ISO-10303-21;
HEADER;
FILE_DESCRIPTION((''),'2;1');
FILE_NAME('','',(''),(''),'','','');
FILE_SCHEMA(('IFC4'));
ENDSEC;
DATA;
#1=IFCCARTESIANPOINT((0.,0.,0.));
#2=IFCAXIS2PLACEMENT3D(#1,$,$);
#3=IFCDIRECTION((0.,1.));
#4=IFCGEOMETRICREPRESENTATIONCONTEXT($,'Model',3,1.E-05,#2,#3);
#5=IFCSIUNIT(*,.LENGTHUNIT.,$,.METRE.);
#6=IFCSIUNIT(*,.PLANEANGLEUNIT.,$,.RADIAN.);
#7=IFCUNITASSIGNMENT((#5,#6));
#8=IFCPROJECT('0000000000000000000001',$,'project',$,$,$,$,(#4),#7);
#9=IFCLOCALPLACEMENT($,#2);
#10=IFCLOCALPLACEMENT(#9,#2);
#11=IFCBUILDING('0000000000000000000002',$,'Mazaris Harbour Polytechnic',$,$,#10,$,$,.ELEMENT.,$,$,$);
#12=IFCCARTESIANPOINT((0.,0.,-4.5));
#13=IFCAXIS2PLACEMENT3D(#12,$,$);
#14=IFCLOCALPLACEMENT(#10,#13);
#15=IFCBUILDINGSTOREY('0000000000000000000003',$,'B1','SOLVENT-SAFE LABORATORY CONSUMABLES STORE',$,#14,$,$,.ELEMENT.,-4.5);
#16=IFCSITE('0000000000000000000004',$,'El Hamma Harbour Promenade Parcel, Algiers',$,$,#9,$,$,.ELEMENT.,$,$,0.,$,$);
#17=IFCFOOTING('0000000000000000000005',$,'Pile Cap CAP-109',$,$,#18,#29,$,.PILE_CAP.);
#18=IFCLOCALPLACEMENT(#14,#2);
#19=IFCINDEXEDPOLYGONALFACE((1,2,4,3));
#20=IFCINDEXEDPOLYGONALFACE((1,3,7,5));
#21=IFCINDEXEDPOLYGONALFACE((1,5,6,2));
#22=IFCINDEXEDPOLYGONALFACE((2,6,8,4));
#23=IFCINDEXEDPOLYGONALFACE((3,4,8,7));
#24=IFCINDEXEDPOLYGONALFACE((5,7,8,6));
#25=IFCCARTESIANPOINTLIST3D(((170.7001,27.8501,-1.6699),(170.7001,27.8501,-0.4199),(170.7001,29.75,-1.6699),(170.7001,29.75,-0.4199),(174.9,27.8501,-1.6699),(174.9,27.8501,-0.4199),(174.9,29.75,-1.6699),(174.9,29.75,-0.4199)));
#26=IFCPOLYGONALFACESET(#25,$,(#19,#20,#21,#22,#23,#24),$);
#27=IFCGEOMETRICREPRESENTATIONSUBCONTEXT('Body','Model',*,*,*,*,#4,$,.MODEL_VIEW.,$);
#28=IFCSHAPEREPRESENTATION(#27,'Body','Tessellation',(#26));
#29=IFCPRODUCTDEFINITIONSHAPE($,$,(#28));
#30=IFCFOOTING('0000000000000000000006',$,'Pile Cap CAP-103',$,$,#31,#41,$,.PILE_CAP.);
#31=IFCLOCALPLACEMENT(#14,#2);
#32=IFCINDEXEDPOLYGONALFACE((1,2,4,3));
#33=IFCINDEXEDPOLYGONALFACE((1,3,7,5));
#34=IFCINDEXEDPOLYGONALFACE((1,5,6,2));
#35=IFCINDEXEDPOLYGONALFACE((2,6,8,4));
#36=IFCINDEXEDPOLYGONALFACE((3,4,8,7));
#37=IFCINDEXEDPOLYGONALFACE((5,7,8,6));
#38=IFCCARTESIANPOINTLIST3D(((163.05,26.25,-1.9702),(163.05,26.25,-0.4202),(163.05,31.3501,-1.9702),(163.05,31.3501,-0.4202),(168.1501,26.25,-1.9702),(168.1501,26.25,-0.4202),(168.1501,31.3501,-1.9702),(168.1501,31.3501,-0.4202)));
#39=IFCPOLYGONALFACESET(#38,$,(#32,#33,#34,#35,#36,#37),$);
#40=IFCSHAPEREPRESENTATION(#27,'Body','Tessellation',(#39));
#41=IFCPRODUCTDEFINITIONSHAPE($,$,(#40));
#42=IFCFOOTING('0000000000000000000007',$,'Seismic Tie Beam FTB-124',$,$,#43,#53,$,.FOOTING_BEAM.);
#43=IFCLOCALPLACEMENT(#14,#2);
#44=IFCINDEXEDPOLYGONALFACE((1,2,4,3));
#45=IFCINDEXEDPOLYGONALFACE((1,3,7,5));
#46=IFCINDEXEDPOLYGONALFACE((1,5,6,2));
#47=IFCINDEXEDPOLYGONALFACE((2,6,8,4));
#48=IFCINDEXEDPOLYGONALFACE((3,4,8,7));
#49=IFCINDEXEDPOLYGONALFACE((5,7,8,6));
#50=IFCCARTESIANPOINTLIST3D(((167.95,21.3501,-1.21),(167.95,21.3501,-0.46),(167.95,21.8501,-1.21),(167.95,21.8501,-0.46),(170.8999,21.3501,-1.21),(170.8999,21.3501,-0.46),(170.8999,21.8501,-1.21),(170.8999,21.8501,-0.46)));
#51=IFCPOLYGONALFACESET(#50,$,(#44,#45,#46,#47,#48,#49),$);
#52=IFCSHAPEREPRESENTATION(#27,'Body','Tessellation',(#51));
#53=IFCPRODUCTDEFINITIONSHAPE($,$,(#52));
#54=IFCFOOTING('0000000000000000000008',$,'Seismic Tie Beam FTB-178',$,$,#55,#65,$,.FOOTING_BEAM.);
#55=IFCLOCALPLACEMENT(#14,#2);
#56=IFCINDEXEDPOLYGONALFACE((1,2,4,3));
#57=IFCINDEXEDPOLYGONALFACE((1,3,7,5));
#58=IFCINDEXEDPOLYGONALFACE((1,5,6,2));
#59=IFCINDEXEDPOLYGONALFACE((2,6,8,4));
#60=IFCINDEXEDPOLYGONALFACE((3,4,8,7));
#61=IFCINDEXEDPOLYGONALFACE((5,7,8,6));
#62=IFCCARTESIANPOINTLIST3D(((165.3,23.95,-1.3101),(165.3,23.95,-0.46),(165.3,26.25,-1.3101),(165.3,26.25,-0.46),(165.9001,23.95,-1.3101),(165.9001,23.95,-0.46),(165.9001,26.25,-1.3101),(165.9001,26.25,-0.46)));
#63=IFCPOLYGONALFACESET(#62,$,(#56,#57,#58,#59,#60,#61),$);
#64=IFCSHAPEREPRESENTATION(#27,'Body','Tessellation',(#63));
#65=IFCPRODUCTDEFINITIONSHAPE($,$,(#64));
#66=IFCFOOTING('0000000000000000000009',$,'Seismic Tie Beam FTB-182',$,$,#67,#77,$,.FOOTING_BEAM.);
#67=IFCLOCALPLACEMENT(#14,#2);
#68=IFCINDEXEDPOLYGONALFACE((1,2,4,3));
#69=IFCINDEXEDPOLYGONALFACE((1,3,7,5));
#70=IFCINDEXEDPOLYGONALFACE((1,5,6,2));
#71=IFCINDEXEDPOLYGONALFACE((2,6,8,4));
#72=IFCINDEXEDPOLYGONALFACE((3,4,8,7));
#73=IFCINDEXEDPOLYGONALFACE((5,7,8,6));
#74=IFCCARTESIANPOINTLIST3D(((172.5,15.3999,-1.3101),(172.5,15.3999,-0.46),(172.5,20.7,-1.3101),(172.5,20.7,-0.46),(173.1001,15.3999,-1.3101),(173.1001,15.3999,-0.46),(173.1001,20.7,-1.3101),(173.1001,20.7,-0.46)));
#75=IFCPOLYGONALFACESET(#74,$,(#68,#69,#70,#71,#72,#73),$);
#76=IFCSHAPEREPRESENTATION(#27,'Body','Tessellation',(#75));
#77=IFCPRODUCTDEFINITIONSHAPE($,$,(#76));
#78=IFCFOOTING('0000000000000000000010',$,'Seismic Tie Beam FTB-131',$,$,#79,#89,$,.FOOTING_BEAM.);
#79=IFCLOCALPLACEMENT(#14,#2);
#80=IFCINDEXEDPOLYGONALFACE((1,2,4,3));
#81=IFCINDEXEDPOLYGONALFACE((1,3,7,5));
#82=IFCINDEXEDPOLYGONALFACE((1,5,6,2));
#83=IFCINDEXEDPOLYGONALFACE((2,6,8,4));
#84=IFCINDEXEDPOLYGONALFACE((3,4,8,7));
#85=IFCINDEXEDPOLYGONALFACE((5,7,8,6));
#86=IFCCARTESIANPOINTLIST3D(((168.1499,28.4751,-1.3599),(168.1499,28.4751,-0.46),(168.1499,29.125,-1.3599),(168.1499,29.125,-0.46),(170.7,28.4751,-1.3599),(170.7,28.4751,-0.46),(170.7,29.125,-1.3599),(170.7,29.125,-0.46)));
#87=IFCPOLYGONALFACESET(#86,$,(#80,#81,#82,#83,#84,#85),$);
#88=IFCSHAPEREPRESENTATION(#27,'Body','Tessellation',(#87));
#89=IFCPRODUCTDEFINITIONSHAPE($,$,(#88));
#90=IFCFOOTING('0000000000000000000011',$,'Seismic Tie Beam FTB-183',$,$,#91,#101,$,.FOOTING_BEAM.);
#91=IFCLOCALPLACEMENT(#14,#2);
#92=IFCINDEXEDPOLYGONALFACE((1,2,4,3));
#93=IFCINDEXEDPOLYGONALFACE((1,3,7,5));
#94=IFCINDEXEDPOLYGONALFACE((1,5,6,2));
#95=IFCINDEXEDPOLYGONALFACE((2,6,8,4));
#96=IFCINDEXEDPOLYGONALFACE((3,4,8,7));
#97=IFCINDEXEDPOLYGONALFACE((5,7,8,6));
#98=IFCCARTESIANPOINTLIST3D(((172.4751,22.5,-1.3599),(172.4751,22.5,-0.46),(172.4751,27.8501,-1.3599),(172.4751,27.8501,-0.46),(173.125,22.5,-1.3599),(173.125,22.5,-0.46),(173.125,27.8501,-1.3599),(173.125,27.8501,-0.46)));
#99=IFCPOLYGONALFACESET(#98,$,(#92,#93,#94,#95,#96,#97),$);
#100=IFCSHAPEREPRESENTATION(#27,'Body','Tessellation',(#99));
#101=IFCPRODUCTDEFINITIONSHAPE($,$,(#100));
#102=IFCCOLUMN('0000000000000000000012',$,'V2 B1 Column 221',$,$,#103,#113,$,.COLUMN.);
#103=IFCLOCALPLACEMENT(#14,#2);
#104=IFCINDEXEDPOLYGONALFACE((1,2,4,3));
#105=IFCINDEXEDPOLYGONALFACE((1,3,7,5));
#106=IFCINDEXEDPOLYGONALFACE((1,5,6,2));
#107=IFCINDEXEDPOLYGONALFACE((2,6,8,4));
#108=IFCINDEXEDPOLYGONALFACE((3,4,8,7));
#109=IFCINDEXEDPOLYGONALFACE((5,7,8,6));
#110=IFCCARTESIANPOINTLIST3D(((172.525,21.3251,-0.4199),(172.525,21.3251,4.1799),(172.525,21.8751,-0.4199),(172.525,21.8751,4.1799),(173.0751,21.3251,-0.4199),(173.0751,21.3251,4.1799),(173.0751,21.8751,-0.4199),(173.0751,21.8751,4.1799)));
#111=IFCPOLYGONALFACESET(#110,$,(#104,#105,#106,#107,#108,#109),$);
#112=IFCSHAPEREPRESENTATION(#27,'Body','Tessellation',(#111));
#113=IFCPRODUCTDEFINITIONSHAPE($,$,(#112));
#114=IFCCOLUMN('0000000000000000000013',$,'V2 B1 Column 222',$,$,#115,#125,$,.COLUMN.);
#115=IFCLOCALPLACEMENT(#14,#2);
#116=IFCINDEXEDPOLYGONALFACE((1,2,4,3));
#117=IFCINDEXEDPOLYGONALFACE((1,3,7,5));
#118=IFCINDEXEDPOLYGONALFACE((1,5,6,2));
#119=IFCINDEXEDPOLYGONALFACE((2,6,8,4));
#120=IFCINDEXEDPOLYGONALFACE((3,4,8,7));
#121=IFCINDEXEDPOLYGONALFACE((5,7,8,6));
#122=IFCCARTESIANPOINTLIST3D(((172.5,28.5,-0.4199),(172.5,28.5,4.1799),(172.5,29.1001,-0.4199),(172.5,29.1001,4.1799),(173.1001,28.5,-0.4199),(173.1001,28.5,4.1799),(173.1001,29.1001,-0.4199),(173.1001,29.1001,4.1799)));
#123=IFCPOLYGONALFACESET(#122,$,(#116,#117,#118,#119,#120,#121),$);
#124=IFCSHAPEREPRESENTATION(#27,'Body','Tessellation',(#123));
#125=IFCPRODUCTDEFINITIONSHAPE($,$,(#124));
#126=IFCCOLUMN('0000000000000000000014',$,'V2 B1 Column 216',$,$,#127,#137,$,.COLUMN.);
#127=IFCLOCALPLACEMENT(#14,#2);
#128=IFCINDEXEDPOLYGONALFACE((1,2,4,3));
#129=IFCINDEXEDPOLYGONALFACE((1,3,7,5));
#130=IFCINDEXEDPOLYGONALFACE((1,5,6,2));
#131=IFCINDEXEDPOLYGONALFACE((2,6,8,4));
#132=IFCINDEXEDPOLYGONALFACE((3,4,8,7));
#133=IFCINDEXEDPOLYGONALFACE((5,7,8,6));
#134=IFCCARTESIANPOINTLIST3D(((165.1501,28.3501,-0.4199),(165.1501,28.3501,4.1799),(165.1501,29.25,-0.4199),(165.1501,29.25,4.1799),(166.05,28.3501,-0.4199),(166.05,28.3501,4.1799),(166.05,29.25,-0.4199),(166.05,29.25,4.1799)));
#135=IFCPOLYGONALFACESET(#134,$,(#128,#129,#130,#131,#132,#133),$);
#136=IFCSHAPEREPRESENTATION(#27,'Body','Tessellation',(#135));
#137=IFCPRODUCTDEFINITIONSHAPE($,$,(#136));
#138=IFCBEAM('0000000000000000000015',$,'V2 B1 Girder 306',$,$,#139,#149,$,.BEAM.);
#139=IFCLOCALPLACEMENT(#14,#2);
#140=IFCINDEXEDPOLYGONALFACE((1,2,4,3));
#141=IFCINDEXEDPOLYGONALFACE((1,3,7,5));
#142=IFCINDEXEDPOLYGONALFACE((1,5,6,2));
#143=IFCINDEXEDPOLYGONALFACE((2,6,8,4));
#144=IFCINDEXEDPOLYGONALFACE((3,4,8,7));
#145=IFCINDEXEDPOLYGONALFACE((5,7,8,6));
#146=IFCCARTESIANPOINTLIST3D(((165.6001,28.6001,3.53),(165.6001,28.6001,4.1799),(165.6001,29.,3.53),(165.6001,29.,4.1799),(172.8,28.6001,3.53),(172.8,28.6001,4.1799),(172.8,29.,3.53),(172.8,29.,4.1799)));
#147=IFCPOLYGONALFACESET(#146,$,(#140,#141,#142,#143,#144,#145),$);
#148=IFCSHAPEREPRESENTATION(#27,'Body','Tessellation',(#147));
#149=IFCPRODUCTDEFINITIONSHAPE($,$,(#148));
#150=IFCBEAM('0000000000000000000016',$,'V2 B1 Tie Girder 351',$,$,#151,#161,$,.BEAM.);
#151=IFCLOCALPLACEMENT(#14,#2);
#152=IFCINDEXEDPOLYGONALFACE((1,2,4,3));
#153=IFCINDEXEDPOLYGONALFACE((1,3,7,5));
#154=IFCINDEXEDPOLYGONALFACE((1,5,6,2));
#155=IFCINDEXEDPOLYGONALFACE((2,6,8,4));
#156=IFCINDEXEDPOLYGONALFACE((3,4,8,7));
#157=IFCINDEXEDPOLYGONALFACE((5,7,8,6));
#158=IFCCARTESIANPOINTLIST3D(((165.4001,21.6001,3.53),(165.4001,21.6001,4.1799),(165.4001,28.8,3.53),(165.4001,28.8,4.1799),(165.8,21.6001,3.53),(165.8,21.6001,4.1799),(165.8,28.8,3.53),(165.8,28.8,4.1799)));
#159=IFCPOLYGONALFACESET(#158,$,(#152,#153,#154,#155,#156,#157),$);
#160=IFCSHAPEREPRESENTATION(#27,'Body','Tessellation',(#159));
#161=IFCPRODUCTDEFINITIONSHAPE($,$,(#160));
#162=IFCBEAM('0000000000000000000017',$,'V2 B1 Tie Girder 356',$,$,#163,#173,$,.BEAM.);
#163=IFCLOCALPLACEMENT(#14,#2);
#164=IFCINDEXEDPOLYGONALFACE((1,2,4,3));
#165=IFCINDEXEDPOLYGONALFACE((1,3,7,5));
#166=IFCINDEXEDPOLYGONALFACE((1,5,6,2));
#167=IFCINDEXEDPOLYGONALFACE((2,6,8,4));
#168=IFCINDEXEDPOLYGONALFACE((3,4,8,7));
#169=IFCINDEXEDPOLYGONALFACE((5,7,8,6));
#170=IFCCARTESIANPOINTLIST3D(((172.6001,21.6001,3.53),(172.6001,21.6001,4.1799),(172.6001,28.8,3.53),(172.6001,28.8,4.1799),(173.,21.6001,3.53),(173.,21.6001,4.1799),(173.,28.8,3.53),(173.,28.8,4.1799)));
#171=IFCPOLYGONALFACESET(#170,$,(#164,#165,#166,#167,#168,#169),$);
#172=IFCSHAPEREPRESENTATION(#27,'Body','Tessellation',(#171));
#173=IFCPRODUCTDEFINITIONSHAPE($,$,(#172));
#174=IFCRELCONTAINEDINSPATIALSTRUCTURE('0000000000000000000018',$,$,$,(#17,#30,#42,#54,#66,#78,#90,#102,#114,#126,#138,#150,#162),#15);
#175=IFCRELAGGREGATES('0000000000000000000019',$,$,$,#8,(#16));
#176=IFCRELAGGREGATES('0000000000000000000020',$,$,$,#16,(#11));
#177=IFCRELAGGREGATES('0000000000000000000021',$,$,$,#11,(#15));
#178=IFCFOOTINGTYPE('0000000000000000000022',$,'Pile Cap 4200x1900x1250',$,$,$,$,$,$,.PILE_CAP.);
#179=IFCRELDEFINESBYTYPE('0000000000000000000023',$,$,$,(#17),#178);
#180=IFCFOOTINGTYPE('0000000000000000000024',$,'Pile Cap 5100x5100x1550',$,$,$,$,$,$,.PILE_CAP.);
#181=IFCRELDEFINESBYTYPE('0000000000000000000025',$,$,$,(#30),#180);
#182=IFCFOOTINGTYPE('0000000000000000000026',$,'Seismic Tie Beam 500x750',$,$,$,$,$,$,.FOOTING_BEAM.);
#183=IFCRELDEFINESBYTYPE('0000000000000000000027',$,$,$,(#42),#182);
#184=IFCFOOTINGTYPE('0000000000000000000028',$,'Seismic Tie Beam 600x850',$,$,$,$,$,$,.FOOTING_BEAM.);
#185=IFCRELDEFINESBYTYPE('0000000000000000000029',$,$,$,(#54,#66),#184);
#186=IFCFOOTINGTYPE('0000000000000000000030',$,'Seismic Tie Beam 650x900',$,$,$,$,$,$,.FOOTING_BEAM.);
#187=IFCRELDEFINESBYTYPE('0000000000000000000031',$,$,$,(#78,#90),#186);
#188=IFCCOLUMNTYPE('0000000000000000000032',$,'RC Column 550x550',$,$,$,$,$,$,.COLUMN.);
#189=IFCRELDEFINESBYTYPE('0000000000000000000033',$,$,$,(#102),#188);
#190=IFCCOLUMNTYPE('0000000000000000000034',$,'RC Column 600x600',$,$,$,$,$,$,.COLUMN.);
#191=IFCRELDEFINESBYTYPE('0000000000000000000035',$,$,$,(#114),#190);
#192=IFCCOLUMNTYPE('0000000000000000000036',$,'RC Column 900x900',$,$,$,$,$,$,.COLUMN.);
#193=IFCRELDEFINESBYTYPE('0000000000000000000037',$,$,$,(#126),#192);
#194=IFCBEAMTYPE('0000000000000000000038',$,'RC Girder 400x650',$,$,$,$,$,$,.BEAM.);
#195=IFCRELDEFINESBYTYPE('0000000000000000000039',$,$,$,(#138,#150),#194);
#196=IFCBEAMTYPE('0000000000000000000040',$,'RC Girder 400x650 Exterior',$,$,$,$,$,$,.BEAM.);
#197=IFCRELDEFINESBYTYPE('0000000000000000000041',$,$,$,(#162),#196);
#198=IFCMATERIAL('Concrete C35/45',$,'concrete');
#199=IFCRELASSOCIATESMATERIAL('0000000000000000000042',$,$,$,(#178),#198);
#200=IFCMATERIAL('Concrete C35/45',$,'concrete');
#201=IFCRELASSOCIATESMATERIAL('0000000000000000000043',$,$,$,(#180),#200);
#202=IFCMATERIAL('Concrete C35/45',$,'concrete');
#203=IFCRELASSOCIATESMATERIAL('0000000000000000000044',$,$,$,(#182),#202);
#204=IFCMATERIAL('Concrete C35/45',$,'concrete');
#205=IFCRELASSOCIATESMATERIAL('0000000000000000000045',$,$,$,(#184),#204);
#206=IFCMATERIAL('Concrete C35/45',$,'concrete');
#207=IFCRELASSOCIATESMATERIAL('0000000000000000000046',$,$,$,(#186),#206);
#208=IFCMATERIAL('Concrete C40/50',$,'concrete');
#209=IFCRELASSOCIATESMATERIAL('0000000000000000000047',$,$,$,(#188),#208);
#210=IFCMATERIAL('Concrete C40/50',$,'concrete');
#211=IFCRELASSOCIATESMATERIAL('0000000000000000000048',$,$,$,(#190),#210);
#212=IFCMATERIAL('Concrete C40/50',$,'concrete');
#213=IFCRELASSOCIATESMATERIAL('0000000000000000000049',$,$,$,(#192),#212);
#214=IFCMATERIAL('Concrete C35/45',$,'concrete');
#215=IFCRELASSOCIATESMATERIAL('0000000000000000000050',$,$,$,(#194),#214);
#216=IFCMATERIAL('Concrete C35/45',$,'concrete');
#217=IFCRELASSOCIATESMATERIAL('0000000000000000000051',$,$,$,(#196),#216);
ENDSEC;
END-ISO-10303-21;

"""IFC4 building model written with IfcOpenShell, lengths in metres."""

from ifc_helpers import new_model, si_unit, direction, frame, origin, origin_2d, place, context, subcontext, project, spatial, rectangle, extrude, material, material_profile, profile_set, type_object, element, save


model = new_model("IFC4")

# Units and contexts
model_context = context("Model", 3, precision=1e-05, world=origin(), true_north=direction((0.0, 1.0)))
body_context = subcontext(model_context, "Body", "Model", "MODEL_VIEW")
ifc_project = project(units=[si_unit("LENGTHUNIT", "METRE"), si_unit("PLANEANGLEUNIT", "RADIAN")], contexts=[model_context])

# Site, building, storey
site_placement = place(None, origin())
site = spatial("IfcSite", under=ifc_project, at=site_placement, Name="El Hamma Harbour Promenade Parcel, Algiers", CompositionType="ELEMENT", RefElevation=0.0)
building_placement = place(site_placement, origin())
building = spatial("IfcBuilding", under=site, at=building_placement, Name="Mazaris Harbour Polytechnic", CompositionType="ELEMENT")
storey_placement = place(building_placement, frame((0.0, 0.0, -4.5)))
storey = spatial("IfcBuildingStorey", under=building, at=storey_placement, Name="B1", Description="SOLVENT-SAFE LABORATORY CONSUMABLES STORE", CompositionType="ELEMENT", Elevation=-4.5)

# Footings
ifc_material_1 = material(Name="Concrete C35/45", Category="concrete")
footing_type_1 = type_object("IfcFootingType", Name="Pile Cap 4200x1900x1250", PredefinedType="PILE_CAP", material=ifc_material_1)
footing_1_placement = place(storey_placement, frame((172.8, 28.8, -1.6699), z_axis=(0.0, 0.0, 1.0), x_axis=(1.0, 0.0, 0.0)))
element("IfcFooting", 1, at=footing_1_placement, inside=storey, type_object=footing_type_1, Name="Pile Cap CAP-109", PredefinedType="PILE_CAP", context=body_context, shape_type="SweptSolid", body=[
    extrude(rectangle(XDim=4.2, YDim=1.8999, at=origin_2d()), origin(), (0.0, 0.0, 1.0), 1.25),
])
ifc_material_2 = material(Name="Concrete C35/45", Category="concrete")
footing_type_2 = type_object("IfcFootingType", Name="Pile Cap 5100x5100x1550", PredefinedType="PILE_CAP", material=ifc_material_2)
footing_2_placement = place(storey_placement, frame((165.6001, 28.8, -1.9702), z_axis=(0.0, 0.0, 1.0), x_axis=(1.0, 0.0, 0.0)))
element("IfcFooting", 2, at=footing_2_placement, inside=storey, type_object=footing_type_2, Name="Pile Cap CAP-103", PredefinedType="PILE_CAP", context=body_context, shape_type="SweptSolid", body=[
    extrude(rectangle(XDim=5.1001, YDim=5.1001, at=origin_2d()), origin(), (0.0, 0.0, 1.0), 1.55),
])
ifc_material_3 = material(Name="Concrete C35/45", Category="concrete")
ifc_material_profile_1 = material_profile(ifc_material_3, rectangle(XDim=0.5, YDim=0.75, at=origin_2d()), Name="RECT500x750")
ifc_profile_set_1 = profile_set([ifc_material_profile_1], Name="Concrete C35/45")
footing_type_3 = type_object("IfcFootingType", Name="Seismic Tie Beam 500x750", PredefinedType="FOOTING_BEAM", material=ifc_profile_set_1)
footing_3_placement = place(storey_placement, frame((167.95, 21.6001, -0.835), z_axis=(1.0, 0.0, 0.0), x_axis=(0.0, 1.0, 0.0)))
element("IfcFooting", 3, at=footing_3_placement, inside=storey, type_object=footing_type_3, Name="Seismic Tie Beam FTB-124", PredefinedType="FOOTING_BEAM", context=body_context, shape_type="SweptSolid", body=[
    extrude(rectangle(XDim=0.5, YDim=0.75, at=origin_2d()), origin(), (0.0, 0.0, 1.0), 2.95),
])
ifc_material_4 = material(Name="Concrete C35/45", Category="concrete")
ifc_material_profile_2 = material_profile(ifc_material_4, rectangle(XDim=0.6001, YDim=0.8501, at=origin_2d()), Name="RECT600x850")
ifc_profile_set_2 = profile_set([ifc_material_profile_2], Name="Concrete C35/45")
footing_type_4 = type_object("IfcFootingType", Name="Seismic Tie Beam 600x850", PredefinedType="FOOTING_BEAM", material=ifc_profile_set_2)
footing_4_placement = place(storey_placement, frame((165.6001, 23.95, -0.885), z_axis=(0.0, 1.0, 0.0), x_axis=(-1.0, 0.0, 0.0)))
element("IfcFooting", 4, at=footing_4_placement, inside=storey, type_object=footing_type_4, Name="Seismic Tie Beam FTB-178", PredefinedType="FOOTING_BEAM", context=body_context, shape_type="SweptSolid", body=[
    extrude(rectangle(XDim=0.6001, YDim=0.8501, at=origin_2d()), origin(), (0.0, 0.0, 1.0), 2.3),
])
footing_5_placement = place(storey_placement, frame((172.8, 15.3999, -0.885), z_axis=(0.0, 1.0, 0.0), x_axis=(-1.0, 0.0, 0.0)))
element("IfcFooting", 5, at=footing_5_placement, inside=storey, type_object=footing_type_4, Name="Seismic Tie Beam FTB-182", PredefinedType="FOOTING_BEAM", context=body_context, shape_type="SweptSolid", body=[
    extrude(rectangle(XDim=0.6001, YDim=0.8501, at=origin_2d()), origin(), (0.0, 0.0, 1.0), 5.3),
])
ifc_material_5 = material(Name="Concrete C35/45", Category="concrete")
ifc_material_profile_3 = material_profile(ifc_material_5, rectangle(XDim=0.6499, YDim=0.8999, at=origin_2d()), Name="RECT650x900")
ifc_profile_set_3 = profile_set([ifc_material_profile_3], Name="Concrete C35/45")
footing_type_5 = type_object("IfcFootingType", Name="Seismic Tie Beam 650x900", PredefinedType="FOOTING_BEAM", material=ifc_profile_set_3)
footing_6_placement = place(storey_placement, frame((168.1499, 28.8, -0.9099), z_axis=(1.0, 0.0, 0.0), x_axis=(0.0, 1.0, 0.0)))
element("IfcFooting", 6, at=footing_6_placement, inside=storey, type_object=footing_type_5, Name="Seismic Tie Beam FTB-131", PredefinedType="FOOTING_BEAM", context=body_context, shape_type="SweptSolid", body=[
    extrude(rectangle(XDim=0.6499, YDim=0.8999, at=origin_2d()), origin(), (0.0, 0.0, 1.0), 2.55),
])
footing_7_placement = place(storey_placement, frame((172.8, 22.5, -0.9099), z_axis=(0.0, 1.0, 0.0), x_axis=(-1.0, 0.0, 0.0)))
element("IfcFooting", 7, at=footing_7_placement, inside=storey, type_object=footing_type_5, Name="Seismic Tie Beam FTB-183", PredefinedType="FOOTING_BEAM", context=body_context, shape_type="SweptSolid", body=[
    extrude(rectangle(XDim=0.6499, YDim=0.8999, at=origin_2d()), origin(), (0.0, 0.0, 1.0), 5.3501),
])

# Columns
ifc_material_6 = material(Name="Concrete C40/50", Category="concrete")
ifc_material_profile_4 = material_profile(ifc_material_6, rectangle(XDim=0.55, YDim=0.55, at=origin_2d()), Name="RECT550x550")
ifc_profile_set_4 = profile_set([ifc_material_profile_4], Name="Concrete C40/50")
column_type_1 = type_object("IfcColumnType", Name="RC Column 550x550", PredefinedType="COLUMN", material=ifc_profile_set_4)
column_1_placement = place(storey_placement, frame((172.8, 21.6001, -0.4199), z_axis=(0.0, 0.0, 1.0), x_axis=(1.0, 0.0, 0.0)))
element("IfcColumn", 8, at=column_1_placement, inside=storey, type_object=column_type_1, Name="V2 B1 Column 221", PredefinedType="COLUMN", context=body_context, shape_type="SweptSolid", body=[
    extrude(rectangle(XDim=0.55, YDim=0.55, at=origin_2d()), origin(), (0.0, 0.0, 1.0), 4.5999),
])
ifc_material_7 = material(Name="Concrete C40/50", Category="concrete")
ifc_material_profile_5 = material_profile(ifc_material_7, rectangle(XDim=0.6001, YDim=0.6001, at=origin_2d()), Name="RECT600x600")
ifc_profile_set_5 = profile_set([ifc_material_profile_5], Name="Concrete C40/50")
column_type_2 = type_object("IfcColumnType", Name="RC Column 600x600", PredefinedType="COLUMN", material=ifc_profile_set_5)
column_2_placement = place(storey_placement, frame((172.8, 28.8, -0.4199), z_axis=(0.0, 0.0, 1.0), x_axis=(1.0, 0.0, 0.0)))
element("IfcColumn", 9, at=column_2_placement, inside=storey, type_object=column_type_2, Name="V2 B1 Column 222", PredefinedType="COLUMN", context=body_context, shape_type="SweptSolid", body=[
    extrude(rectangle(XDim=0.6001, YDim=0.6001, at=origin_2d()), origin(), (0.0, 0.0, 1.0), 4.5999),
])
ifc_material_8 = material(Name="Concrete C40/50", Category="concrete")
ifc_material_profile_6 = material_profile(ifc_material_8, rectangle(XDim=0.8999, YDim=0.8999, at=origin_2d()), Name="RECT900x900")
ifc_profile_set_6 = profile_set([ifc_material_profile_6], Name="Concrete C40/50")
column_type_3 = type_object("IfcColumnType", Name="RC Column 900x900", PredefinedType="COLUMN", material=ifc_profile_set_6)
column_3_placement = place(storey_placement, frame((165.6001, 28.8, -0.4199), z_axis=(0.0, 0.0, 1.0), x_axis=(1.0, 0.0, 0.0)))
element("IfcColumn", 10, at=column_3_placement, inside=storey, type_object=column_type_3, Name="V2 B1 Column 216", PredefinedType="COLUMN", context=body_context, shape_type="SweptSolid", body=[
    extrude(rectangle(XDim=0.8999, YDim=0.8999, at=origin_2d()), origin(), (0.0, 0.0, 1.0), 4.5999),
])

# Beams
ifc_material_9 = material(Name="Concrete C35/45", Category="concrete")
ifc_material_profile_7 = material_profile(ifc_material_9, rectangle(XDim=0.3999, YDim=0.6499, at=origin_2d()), Name="RECT400x650")
ifc_profile_set_7 = profile_set([ifc_material_profile_7], Name="Concrete C35/45")
beam_type_1 = type_object("IfcBeamType", Name="RC Girder 400x650", PredefinedType="BEAM", material=ifc_profile_set_7)
for number, where, z_axis, x_axis, name in (
    (11, (165.6001, 28.8, 3.855), (1.0, 0.0, 0.0), (0.0, 1.0, 0.0), "V2 B1 Girder 306"),
    (12, (165.6001, 21.6001, 3.855), (0.0, 1.0, 0.0), (-1.0, 0.0, 0.0), "V2 B1 Tie Girder 351"),
):
    element("IfcBeam", number, at=place(storey_placement, frame(where, z_axis=z_axis, x_axis=x_axis)), inside=storey, type_object=beam_type_1, Name=name, PredefinedType="BEAM", context=body_context, shape_type="SweptSolid", body=[
        extrude(rectangle(XDim=0.3999, YDim=0.6499, at=origin_2d()), origin(), (0.0, 0.0, 1.0), 7.2),
    ])
ifc_material_10 = material(Name="Concrete C35/45", Category="concrete")
ifc_material_profile_8 = material_profile(ifc_material_10, rectangle(XDim=0.3999, YDim=0.6499, at=origin_2d()), Name="RECT400x650")
ifc_profile_set_8 = profile_set([ifc_material_profile_8], Name="Concrete C35/45")
beam_type_2 = type_object("IfcBeamType", Name="RC Girder 400x650 Exterior", PredefinedType="BEAM", material=ifc_profile_set_8)
beam_1_placement = place(storey_placement, frame((172.8, 21.6001, 3.855), z_axis=(0.0, 1.0, 0.0), x_axis=(-1.0, 0.0, 0.0)))
element("IfcBeam", 13, at=beam_1_placement, inside=storey, type_object=beam_type_2, Name="V2 B1 Tie Girder 356", PredefinedType="BEAM", context=body_context, shape_type="SweptSolid", body=[
    extrude(rectangle(XDim=0.3999, YDim=0.6499, at=origin_2d()), origin(), (0.0, 0.0, 1.0), 7.2),
])

save(model, "model.ifc")
